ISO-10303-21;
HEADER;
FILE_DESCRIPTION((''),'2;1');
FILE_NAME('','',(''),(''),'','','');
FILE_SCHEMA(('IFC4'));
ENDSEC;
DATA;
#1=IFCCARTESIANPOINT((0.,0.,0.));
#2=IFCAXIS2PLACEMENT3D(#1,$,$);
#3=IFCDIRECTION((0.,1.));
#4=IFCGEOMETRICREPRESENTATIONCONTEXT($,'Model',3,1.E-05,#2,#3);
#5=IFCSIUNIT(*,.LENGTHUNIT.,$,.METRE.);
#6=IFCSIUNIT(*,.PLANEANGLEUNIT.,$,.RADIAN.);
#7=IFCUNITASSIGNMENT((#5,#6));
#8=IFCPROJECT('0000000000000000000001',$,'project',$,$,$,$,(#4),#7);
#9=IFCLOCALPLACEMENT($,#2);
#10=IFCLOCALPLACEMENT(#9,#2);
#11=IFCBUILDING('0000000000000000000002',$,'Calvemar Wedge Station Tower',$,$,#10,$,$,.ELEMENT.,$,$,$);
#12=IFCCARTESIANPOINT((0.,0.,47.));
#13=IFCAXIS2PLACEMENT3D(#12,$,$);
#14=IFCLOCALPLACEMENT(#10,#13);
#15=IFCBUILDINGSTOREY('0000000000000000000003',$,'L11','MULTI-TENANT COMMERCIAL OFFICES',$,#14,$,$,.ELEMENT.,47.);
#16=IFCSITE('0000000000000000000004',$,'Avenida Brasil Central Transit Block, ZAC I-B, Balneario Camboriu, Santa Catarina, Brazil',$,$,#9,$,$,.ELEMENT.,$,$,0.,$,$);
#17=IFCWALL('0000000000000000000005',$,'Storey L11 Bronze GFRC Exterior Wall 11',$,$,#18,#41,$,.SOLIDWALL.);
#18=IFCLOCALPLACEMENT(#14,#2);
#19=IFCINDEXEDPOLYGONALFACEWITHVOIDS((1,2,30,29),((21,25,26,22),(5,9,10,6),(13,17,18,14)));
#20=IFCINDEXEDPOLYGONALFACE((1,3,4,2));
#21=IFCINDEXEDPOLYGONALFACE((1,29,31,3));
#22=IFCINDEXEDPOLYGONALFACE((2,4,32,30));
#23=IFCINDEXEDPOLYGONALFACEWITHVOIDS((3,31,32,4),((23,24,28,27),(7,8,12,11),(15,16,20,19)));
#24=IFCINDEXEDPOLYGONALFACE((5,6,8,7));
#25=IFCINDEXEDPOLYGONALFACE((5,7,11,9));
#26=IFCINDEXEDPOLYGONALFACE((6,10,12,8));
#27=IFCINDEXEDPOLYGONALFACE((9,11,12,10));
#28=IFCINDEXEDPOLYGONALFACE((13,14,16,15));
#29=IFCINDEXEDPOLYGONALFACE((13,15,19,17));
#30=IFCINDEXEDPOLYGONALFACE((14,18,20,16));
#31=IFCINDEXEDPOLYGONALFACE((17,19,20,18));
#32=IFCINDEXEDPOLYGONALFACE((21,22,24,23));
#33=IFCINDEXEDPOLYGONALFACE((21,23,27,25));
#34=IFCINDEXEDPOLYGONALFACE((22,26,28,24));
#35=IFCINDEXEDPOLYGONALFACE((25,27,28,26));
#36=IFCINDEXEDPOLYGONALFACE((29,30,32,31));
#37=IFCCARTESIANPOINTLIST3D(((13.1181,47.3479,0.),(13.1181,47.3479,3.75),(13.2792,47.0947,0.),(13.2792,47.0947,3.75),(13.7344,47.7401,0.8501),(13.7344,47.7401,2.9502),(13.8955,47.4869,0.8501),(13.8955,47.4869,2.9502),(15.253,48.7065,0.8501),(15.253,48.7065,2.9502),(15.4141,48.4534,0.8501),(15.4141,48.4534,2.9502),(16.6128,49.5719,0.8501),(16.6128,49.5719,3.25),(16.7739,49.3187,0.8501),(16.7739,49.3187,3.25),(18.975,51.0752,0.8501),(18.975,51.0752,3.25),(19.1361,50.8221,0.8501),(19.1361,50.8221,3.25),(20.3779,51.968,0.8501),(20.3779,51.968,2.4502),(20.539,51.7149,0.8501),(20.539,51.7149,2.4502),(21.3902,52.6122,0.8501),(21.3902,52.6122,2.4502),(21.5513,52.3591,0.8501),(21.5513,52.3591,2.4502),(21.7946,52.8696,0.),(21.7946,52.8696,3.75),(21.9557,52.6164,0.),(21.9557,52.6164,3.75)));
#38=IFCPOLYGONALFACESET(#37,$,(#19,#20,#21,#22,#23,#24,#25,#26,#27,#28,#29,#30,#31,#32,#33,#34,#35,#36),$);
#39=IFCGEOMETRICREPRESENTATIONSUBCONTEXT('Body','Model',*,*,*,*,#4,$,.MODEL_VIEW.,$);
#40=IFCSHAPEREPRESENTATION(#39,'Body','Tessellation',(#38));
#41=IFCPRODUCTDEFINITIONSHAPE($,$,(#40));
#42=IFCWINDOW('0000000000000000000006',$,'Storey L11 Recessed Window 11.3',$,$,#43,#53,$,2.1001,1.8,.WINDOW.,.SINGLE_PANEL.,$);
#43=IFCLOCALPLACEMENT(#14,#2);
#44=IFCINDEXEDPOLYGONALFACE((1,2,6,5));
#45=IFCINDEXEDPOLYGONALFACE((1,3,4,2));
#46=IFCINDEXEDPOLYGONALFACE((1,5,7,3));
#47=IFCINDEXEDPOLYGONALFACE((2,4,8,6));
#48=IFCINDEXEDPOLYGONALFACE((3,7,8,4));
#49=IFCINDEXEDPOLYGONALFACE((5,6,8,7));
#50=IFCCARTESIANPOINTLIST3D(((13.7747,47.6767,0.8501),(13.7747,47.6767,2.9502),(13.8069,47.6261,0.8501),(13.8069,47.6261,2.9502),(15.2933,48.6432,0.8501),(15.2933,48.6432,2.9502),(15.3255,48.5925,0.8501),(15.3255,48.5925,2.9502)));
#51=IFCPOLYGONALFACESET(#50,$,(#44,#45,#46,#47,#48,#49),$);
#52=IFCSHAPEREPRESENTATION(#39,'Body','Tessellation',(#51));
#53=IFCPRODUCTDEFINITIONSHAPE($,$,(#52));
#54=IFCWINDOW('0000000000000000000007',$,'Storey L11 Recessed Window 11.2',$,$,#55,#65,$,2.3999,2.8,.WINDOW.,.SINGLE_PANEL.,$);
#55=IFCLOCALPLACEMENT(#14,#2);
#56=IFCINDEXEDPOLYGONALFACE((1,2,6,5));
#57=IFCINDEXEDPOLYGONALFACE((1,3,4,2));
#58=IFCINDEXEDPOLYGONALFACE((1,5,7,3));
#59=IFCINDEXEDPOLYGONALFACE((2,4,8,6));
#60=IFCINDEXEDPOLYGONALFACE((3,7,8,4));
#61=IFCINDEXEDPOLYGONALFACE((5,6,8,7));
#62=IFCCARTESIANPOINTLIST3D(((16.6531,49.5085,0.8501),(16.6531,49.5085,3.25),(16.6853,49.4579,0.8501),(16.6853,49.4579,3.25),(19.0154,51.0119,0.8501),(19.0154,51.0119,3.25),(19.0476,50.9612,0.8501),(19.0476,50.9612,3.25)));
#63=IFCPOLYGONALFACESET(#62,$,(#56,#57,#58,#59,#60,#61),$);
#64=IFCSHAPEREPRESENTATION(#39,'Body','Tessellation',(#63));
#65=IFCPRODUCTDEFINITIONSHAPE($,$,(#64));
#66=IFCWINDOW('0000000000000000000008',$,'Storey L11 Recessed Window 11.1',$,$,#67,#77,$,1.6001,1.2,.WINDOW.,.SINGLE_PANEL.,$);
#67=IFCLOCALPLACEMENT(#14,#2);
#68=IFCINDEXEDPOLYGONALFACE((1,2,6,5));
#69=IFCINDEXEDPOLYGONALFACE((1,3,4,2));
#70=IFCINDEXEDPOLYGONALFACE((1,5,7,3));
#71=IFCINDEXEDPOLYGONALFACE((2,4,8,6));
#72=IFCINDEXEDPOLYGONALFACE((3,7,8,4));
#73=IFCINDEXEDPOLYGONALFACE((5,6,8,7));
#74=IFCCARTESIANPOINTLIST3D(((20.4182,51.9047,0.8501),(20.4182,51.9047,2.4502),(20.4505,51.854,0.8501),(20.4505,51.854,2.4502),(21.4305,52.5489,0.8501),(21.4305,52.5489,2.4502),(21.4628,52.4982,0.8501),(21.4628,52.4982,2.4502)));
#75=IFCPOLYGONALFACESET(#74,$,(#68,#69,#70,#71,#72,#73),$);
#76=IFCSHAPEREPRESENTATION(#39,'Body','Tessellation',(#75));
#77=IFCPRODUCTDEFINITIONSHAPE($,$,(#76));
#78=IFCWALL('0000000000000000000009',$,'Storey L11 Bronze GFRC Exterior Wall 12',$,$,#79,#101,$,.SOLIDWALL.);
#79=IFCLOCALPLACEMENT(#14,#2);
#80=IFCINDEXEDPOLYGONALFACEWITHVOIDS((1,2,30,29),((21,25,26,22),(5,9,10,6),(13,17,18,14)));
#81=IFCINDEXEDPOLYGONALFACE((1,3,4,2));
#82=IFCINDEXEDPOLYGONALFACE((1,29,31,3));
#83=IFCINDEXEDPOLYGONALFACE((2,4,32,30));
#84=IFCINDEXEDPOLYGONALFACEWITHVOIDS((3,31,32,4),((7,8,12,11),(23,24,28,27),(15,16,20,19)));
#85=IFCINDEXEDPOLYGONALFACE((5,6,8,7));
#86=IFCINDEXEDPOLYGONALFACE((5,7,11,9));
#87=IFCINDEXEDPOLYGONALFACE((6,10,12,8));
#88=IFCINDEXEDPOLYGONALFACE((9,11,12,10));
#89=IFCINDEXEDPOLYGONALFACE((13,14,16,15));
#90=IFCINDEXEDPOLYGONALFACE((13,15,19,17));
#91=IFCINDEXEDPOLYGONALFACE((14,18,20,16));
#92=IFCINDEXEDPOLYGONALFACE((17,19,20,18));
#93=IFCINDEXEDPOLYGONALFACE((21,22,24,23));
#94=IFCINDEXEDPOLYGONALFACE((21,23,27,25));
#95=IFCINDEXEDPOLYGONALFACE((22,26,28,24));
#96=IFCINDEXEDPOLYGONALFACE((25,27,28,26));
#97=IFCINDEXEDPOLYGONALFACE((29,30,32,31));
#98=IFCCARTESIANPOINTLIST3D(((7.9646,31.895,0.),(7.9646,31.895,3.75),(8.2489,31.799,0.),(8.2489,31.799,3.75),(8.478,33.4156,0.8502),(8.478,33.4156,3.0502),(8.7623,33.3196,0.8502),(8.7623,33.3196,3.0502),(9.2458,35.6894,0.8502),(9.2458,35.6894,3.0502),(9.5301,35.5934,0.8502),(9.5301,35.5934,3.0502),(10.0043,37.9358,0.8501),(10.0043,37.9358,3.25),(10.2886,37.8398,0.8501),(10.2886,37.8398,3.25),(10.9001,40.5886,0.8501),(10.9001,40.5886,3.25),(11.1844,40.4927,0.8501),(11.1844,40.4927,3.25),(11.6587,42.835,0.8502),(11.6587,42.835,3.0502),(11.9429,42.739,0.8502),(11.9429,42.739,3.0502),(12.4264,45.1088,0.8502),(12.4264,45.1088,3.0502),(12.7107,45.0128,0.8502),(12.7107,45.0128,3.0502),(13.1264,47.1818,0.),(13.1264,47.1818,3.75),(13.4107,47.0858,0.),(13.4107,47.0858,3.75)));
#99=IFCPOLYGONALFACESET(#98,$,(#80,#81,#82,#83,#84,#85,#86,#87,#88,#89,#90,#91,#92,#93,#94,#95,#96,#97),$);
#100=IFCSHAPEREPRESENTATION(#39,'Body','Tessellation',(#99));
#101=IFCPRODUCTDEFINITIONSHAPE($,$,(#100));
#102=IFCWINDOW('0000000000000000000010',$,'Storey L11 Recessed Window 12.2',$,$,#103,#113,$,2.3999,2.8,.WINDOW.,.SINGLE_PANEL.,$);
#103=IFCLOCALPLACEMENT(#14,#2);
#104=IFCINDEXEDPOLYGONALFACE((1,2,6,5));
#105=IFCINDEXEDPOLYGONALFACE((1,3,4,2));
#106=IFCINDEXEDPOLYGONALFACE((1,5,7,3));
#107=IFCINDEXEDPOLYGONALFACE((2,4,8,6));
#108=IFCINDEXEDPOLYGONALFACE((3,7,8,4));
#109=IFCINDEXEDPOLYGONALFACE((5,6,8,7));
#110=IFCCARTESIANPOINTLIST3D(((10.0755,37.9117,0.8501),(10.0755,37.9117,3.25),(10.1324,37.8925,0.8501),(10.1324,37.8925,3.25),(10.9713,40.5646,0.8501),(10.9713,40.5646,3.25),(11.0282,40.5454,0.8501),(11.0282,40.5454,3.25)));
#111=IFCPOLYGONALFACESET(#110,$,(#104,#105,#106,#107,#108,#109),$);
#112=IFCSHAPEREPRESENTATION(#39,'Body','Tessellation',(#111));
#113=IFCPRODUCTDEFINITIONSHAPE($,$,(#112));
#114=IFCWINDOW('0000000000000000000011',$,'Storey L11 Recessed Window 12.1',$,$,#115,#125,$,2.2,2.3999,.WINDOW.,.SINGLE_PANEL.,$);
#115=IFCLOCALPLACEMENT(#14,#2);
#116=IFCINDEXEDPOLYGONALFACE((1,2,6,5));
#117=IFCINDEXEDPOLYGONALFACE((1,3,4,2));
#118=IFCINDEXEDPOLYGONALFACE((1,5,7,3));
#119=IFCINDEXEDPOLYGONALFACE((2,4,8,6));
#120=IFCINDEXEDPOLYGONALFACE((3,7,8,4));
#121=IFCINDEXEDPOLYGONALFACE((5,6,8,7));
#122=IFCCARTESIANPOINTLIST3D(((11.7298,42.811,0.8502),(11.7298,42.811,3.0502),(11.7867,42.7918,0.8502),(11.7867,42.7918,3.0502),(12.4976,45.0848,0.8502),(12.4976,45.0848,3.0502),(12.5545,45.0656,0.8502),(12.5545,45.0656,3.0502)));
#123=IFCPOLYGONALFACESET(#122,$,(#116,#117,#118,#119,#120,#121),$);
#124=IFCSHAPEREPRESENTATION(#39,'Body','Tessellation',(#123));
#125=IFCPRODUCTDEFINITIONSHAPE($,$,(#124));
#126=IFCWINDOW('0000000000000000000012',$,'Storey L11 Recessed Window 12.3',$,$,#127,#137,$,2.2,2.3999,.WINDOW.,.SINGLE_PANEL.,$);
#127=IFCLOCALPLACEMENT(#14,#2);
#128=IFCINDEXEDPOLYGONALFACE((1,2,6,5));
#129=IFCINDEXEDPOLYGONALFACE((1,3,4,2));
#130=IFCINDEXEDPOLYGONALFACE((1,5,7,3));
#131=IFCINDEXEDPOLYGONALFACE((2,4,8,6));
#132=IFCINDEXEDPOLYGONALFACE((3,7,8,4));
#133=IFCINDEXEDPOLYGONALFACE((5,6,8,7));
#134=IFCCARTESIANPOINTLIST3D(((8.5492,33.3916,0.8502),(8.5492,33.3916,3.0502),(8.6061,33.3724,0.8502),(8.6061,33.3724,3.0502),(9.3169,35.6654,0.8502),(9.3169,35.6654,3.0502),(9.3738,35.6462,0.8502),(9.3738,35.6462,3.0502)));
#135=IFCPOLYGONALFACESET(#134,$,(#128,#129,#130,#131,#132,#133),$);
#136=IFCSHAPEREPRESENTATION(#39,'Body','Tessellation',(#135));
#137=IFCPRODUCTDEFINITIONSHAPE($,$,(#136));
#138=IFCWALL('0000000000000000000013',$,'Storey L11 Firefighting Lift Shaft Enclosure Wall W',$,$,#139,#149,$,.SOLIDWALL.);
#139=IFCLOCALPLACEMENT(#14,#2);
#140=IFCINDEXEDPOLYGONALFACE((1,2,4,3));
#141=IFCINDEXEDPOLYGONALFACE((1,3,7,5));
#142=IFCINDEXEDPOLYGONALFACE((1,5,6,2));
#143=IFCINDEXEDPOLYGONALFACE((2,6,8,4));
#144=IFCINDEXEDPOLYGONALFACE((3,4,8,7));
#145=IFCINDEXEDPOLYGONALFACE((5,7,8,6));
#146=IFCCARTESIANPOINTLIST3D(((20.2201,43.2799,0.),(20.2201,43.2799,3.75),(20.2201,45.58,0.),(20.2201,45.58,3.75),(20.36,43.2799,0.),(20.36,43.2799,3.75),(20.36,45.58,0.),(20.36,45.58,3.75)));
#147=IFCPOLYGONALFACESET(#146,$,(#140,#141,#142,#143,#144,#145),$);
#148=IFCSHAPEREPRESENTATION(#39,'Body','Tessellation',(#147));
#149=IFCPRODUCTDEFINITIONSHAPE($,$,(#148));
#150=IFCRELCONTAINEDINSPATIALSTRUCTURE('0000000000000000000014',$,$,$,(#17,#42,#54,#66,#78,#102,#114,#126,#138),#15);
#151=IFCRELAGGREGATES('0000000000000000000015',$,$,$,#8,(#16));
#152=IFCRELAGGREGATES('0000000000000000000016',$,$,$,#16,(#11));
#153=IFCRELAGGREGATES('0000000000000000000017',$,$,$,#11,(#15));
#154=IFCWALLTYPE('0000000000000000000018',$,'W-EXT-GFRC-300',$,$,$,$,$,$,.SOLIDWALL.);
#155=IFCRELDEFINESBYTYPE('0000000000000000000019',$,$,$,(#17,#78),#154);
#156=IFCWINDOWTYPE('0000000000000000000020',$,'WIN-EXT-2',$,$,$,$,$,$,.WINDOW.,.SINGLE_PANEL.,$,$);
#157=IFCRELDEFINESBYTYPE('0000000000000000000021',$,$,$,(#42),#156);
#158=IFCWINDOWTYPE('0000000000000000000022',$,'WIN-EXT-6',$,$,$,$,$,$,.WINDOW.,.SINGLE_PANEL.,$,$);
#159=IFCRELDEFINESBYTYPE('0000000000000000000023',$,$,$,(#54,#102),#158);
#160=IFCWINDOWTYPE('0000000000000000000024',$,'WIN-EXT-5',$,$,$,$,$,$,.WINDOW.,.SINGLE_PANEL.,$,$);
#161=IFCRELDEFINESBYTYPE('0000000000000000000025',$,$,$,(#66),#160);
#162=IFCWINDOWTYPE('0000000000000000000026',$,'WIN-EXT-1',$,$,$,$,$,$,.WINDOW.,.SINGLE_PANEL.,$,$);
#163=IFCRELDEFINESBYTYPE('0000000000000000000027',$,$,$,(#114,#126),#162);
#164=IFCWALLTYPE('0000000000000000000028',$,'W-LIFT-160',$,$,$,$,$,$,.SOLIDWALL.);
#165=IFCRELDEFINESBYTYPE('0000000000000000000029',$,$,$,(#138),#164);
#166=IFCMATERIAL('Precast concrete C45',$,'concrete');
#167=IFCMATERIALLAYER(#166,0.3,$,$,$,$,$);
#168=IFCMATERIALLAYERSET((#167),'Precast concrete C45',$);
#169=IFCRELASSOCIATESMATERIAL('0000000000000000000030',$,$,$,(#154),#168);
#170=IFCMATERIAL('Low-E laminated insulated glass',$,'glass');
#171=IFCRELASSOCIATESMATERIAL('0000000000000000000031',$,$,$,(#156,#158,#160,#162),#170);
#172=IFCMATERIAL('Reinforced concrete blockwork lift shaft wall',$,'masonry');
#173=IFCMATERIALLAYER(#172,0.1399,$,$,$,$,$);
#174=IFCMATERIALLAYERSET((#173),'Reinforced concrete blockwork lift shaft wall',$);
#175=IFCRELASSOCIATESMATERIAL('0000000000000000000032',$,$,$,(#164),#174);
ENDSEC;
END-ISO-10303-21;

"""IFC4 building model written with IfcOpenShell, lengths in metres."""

from ifc_helpers import new_model, si_unit, direction, frame, frame_2d, origin, place, context, subcontext, project, spatial, rectangle, extrude, source, transform, mapped, material, layer, layer_set, type_object, element, fill, save


model = new_model("IFC4")

# Units and contexts
model_context = context("Model", 3, precision=1e-05, world=origin(), true_north=direction((0.0, 1.0)))
body_context = subcontext(model_context, "Body", "Model", "MODEL_VIEW")
ifc_project = project(units=[si_unit("LENGTHUNIT", "METRE"), si_unit("PLANEANGLEUNIT", "RADIAN")], contexts=[model_context])

# Site, building, storey
site_placement = place(None, origin())
site = spatial("IfcSite", under=ifc_project, at=site_placement, Name="Avenida Brasil Central Transit Block, ZAC I-B, Balneario Camboriu, Santa Catarina, Brazil", CompositionType="ELEMENT", RefElevation=0.0)
building_placement = place(site_placement, origin())
building = spatial("IfcBuilding", under=site, at=building_placement, Name="Calvemar Wedge Station Tower", CompositionType="ELEMENT")
storey_placement = place(building_placement, frame((0.0, 0.0, 47.0)))
storey = spatial("IfcBuildingStorey", under=building, at=storey_placement, Name="L11", Description="MULTI-TENANT COMMERCIAL OFFICES", CompositionType="ELEMENT", Elevation=47.0)

# Walls, openings, windows
ifc_material_1 = material(Name="Precast concrete C45", Category="concrete")
ifc_layer_1 = layer(ifc_material_1, 0.3)
ifc_layer_set_1 = layer_set([ifc_layer_1], Name="Precast concrete C45")
wall_type_1 = type_object("IfcWallType", Name="W-EXT-GFRC-300", PredefinedType="SOLIDWALL", material=ifc_layer_set_1)
wall_1_placement = place(storey_placement, frame((21.875, 52.7429, 0.0), z_axis=(0.0, 0.0, 1.0), x_axis=(-0.843648, -0.536897, 0.0)))
wall_1 = element("IfcWall", 1, at=wall_1_placement, inside=storey, type_object=wall_type_1, Name="Storey L11 Bronze GFRC Exterior Wall 11", PredefinedType="SOLIDWALL", context=body_context, shape_type="SweptSolid", body=[
    extrude(rectangle(XDim=10.2844, YDim=0.3, at=frame_2d((5.1421, 0.0))), origin(), (0.0, 0.0, 1.0), 3.75),
])
shared_shape_1 = source(origin(), body_context, "Body", "SweptSolid", [
    extrude(rectangle(XDim=1.2, YDim=1.6001, at=frame_2d((0.6001, 0.8))), frame((0.0, 0.1602, 0.0), z_axis=(0.0, -1.0, 0.0), x_axis=(1.0, 0.0, 0.0)), (0.0, 0.0, 1.0), 0.3201),
])
opening_1_placement = place(wall_1_placement, frame((0.479, 0.0, 0.8501)))
opening_1 = element("IfcOpeningElement", 2, at=opening_1_placement, cuts=wall_1, PredefinedType="OPENING", context=body_context, shape_type="MappedRepresentation", body=[
    mapped(shared_shape_1, transform((0.0, 0.0, 0.0), scale=1.0)),
])
shared_shape_2 = source(origin(), body_context, "Body", "SweptSolid", [
    extrude(rectangle(XDim=2.8, YDim=2.3999, at=frame_2d((1.3999, 1.2))), frame((0.0, 0.1602, 0.0), z_axis=(0.0, -1.0, 0.0), x_axis=(1.0, 0.0, 0.0)), (0.0, 0.0, 1.0), 0.3201),
])
opening_2_placement = place(wall_1_placement, frame((3.342, 0.0, 0.8501)))
opening_2 = element("IfcOpeningElement", 3, at=opening_2_placement, cuts=wall_1, PredefinedType="OPENING", context=body_context, shape_type="MappedRepresentation", body=[
    mapped(shared_shape_2, transform((0.0, 0.0, 0.0), scale=1.0)),
])
shared_shape_3 = source(origin(), body_context, "Body", "SweptSolid", [
    extrude(rectangle(XDim=1.8, YDim=2.1001, at=frame_2d((0.8999, 1.05))), frame((0.0, 0.1602, 0.0), z_axis=(0.0, -1.0, 0.0), x_axis=(1.0, 0.0, 0.0)), (0.0, 0.0, 1.0), 0.3201),
])
opening_3_placement = place(wall_1_placement, frame((7.7539, 0.0, 0.8501)))
opening_3 = element("IfcOpeningElement", 4, at=opening_3_placement, cuts=wall_1, PredefinedType="OPENING", context=body_context, shape_type="MappedRepresentation", body=[
    mapped(shared_shape_3, transform((0.0, 0.0, 0.0), scale=1.0)),
])
ifc_material_2 = material(Name="Low-E laminated insulated glass", Category="glass")
window_type_1 = type_object("IfcWindowType", Name="WIN-EXT-2", PartitioningType="SINGLE_PANEL", PredefinedType="WINDOW", material=ifc_material_2)
shared_shape_4 = source(origin(), body_context, "Body", "SweptSolid", [
    extrude(rectangle(XDim=1.8, YDim=2.1001, at=frame_2d((0.8999, 1.05))), frame((0.0, -0.0149, 0.0), z_axis=(0.0, -1.0, 0.0), x_axis=(1.0, 0.0, 0.0)), (0.0, 0.0, 1.0), 0.0601),
])
window_1_placement = place(opening_3_placement, origin())
window_1 = element("IfcWindow", 5, at=window_1_placement, inside=storey, type_object=window_type_1, Name="Storey L11 Recessed Window 11.3", OverallHeight=2.1001, OverallWidth=1.8, PartitioningType="SINGLE_PANEL", PredefinedType="WINDOW", context=body_context, shape_type="MappedRepresentation", body=[
    mapped(shared_shape_4, transform((0.0, 0.0, 0.0), scale=1.0)),
])
fill(opening_3, window_1)
window_type_2 = type_object("IfcWindowType", Name="WIN-EXT-6", PartitioningType="SINGLE_PANEL", PredefinedType="WINDOW", material=ifc_material_2)
shared_shape_5 = source(origin(), body_context, "Body", "SweptSolid", [
    extrude(rectangle(XDim=2.8, YDim=2.3999, at=frame_2d((1.3999, 1.2))), frame((0.0, -0.0149, 0.0), z_axis=(0.0, -1.0, 0.0), x_axis=(1.0, 0.0, 0.0)), (0.0, 0.0, 1.0), 0.0601),
])
window_2_placement = place(opening_2_placement, origin())
window_2 = element("IfcWindow", 6, at=window_2_placement, inside=storey, type_object=window_type_2, Name="Storey L11 Recessed Window 11.2", OverallHeight=2.3999, OverallWidth=2.8, PartitioningType="SINGLE_PANEL", PredefinedType="WINDOW", context=body_context, shape_type="MappedRepresentation", body=[
    mapped(shared_shape_5, transform((0.0, 0.0, 0.0), scale=1.0)),
])
fill(opening_2, window_2)
window_type_3 = type_object("IfcWindowType", Name="WIN-EXT-5", PartitioningType="SINGLE_PANEL", PredefinedType="WINDOW", material=ifc_material_2)
shared_shape_6 = source(origin(), body_context, "Body", "SweptSolid", [
    extrude(rectangle(XDim=1.2, YDim=1.6001, at=frame_2d((0.6001, 0.8))), frame((0.0, -0.0149, 0.0), z_axis=(0.0, -1.0, 0.0), x_axis=(1.0, 0.0, 0.0)), (0.0, 0.0, 1.0), 0.0601),
])
window_3_placement = place(opening_1_placement, origin())
window_3 = element("IfcWindow", 7, at=window_3_placement, inside=storey, type_object=window_type_3, Name="Storey L11 Recessed Window 11.1", OverallHeight=1.6001, OverallWidth=1.2, PartitioningType="SINGLE_PANEL", PredefinedType="WINDOW", context=body_context, shape_type="MappedRepresentation", body=[
    mapped(shared_shape_6, transform((0.0, 0.0, 0.0), scale=1.0)),
])
fill(opening_1, window_3)
wall_2_placement = place(storey_placement, frame((13.2686, 47.1338, 0.0), z_axis=(0.0, 0.0, 1.0), x_axis=(-0.31992, -0.947444, 0.0)))
wall_2 = element("IfcWall", 8, at=wall_2_placement, inside=storey, type_object=wall_type_1, Name="Storey L11 Bronze GFRC Exterior Wall 12", PredefinedType="SOLIDWALL", context=body_context, shape_type="SweptSolid", body=[
    extrude(rectangle(XDim=16.1348, YDim=0.3, at=frame_2d((8.0674, 0.0))), origin(), (0.0, 0.0, 1.0), 3.75),
])
shared_shape_7 = source(origin(), body_context, "Body", "SweptSolid", [
    extrude(rectangle(XDim=2.3999, YDim=2.2, at=frame_2d((1.2, 1.1001))), frame((0.0, 0.1602, 0.0), z_axis=(0.0, -1.0, 0.0), x_axis=(1.0, 0.0, 0.0)), (0.0, 0.0, 1.0), 0.3201),
])
opening_4_placement = place(wall_2_placement, frame((2.188, 0.0, 0.8501)))
opening_4 = element("IfcOpeningElement", 9, at=opening_4_placement, cuts=wall_2, PredefinedType="OPENING", context=body_context, shape_type="MappedRepresentation", body=[
    mapped(shared_shape_7, transform((0.0, 0.0, 0.0), scale=1.0)),
])
opening_5_placement = place(wall_2_placement, frame((6.959, 0.0, 0.8501)))
opening_5 = element("IfcOpeningElement", 10, at=opening_5_placement, cuts=wall_2, PredefinedType="OPENING", context=body_context, shape_type="MappedRepresentation", body=[
    mapped(shared_shape_2, transform((0.0, 0.0, 0.0), scale=1.0)),
])
opening_6_placement = place(wall_2_placement, frame((12.1299, 0.0, 0.8501)))
opening_6 = element("IfcOpeningElement", 11, at=opening_6_placement, cuts=wall_2, PredefinedType="OPENING", context=body_context, shape_type="MappedRepresentation", body=[
    mapped(shared_shape_7, transform((0.0, 0.0, 0.0), scale=1.0)),
])
window_4_placement = place(opening_5_placement, origin())
window_4 = element("IfcWindow", 12, at=window_4_placement, inside=storey, type_object=window_type_2, Name="Storey L11 Recessed Window 12.2", OverallHeight=2.3999, OverallWidth=2.8, PartitioningType="SINGLE_PANEL", PredefinedType="WINDOW", context=body_context, shape_type="MappedRepresentation", body=[
    mapped(shared_shape_5, transform((0.0, 0.0, 0.0), scale=1.0)),
])
fill(opening_5, window_4)
window_type_4 = type_object("IfcWindowType", Name="WIN-EXT-1", PartitioningType="SINGLE_PANEL", PredefinedType="WINDOW", material=ifc_material_2)
shared_shape_8 = source(origin(), body_context, "Body", "SweptSolid", [
    extrude(rectangle(XDim=2.3999, YDim=2.2, at=frame_2d((1.2, 1.1001))), frame((0.0, -0.0149, 0.0), z_axis=(0.0, -1.0, 0.0), x_axis=(1.0, 0.0, 0.0)), (0.0, 0.0, 1.0), 0.0601),
])
window_5_placement = place(opening_4_placement, origin())
window_5 = element("IfcWindow", 13, at=window_5_placement, inside=storey, type_object=window_type_4, Name="Storey L11 Recessed Window 12.1", OverallHeight=2.2, OverallWidth=2.3999, PartitioningType="SINGLE_PANEL", PredefinedType="WINDOW", context=body_context, shape_type="MappedRepresentation", body=[
    mapped(shared_shape_8, transform((0.0, 0.0, 0.0), scale=1.0)),
])
fill(opening_4, window_5)
window_6_placement = place(opening_6_placement, origin())
window_6 = element("IfcWindow", 14, at=window_6_placement, inside=storey, type_object=window_type_4, Name="Storey L11 Recessed Window 12.3", OverallHeight=2.2, OverallWidth=2.3999, PartitioningType="SINGLE_PANEL", PredefinedType="WINDOW", context=body_context, shape_type="MappedRepresentation", body=[
    mapped(shared_shape_8, transform((0.0, 0.0, 0.0), scale=1.0)),
])
fill(opening_6, window_6)

# Shared definitions
ifc_material_3 = material(Name="Reinforced concrete blockwork lift shaft wall", Category="masonry")
ifc_layer_2 = layer(ifc_material_3, 0.1399)
ifc_layer_set_2 = layer_set([ifc_layer_2], Name="Reinforced concrete blockwork lift shaft wall")
wall_type_2 = type_object("IfcWallType", Name="W-LIFT-160", PredefinedType="SOLIDWALL", material=ifc_layer_set_2)

# Wall
wall_3_placement = place(storey_placement, frame((20.29, 43.28, 0.0), z_axis=(0.0, 0.0, 1.0), x_axis=(0.0, 1.0, 0.0)))
element("IfcWall", 15, at=wall_3_placement, inside=storey, type_object=wall_type_2, Name="Storey L11 Firefighting Lift Shaft Enclosure Wall W", PredefinedType="SOLIDWALL", context=body_context, shape_type="SweptSolid", body=[
    extrude(rectangle(XDim=2.3, YDim=0.1399, at=frame_2d((1.1499, 0.0))), origin(), (0.0, 0.0, 1.0), 3.75),
])

save(model, "model.ifc")
